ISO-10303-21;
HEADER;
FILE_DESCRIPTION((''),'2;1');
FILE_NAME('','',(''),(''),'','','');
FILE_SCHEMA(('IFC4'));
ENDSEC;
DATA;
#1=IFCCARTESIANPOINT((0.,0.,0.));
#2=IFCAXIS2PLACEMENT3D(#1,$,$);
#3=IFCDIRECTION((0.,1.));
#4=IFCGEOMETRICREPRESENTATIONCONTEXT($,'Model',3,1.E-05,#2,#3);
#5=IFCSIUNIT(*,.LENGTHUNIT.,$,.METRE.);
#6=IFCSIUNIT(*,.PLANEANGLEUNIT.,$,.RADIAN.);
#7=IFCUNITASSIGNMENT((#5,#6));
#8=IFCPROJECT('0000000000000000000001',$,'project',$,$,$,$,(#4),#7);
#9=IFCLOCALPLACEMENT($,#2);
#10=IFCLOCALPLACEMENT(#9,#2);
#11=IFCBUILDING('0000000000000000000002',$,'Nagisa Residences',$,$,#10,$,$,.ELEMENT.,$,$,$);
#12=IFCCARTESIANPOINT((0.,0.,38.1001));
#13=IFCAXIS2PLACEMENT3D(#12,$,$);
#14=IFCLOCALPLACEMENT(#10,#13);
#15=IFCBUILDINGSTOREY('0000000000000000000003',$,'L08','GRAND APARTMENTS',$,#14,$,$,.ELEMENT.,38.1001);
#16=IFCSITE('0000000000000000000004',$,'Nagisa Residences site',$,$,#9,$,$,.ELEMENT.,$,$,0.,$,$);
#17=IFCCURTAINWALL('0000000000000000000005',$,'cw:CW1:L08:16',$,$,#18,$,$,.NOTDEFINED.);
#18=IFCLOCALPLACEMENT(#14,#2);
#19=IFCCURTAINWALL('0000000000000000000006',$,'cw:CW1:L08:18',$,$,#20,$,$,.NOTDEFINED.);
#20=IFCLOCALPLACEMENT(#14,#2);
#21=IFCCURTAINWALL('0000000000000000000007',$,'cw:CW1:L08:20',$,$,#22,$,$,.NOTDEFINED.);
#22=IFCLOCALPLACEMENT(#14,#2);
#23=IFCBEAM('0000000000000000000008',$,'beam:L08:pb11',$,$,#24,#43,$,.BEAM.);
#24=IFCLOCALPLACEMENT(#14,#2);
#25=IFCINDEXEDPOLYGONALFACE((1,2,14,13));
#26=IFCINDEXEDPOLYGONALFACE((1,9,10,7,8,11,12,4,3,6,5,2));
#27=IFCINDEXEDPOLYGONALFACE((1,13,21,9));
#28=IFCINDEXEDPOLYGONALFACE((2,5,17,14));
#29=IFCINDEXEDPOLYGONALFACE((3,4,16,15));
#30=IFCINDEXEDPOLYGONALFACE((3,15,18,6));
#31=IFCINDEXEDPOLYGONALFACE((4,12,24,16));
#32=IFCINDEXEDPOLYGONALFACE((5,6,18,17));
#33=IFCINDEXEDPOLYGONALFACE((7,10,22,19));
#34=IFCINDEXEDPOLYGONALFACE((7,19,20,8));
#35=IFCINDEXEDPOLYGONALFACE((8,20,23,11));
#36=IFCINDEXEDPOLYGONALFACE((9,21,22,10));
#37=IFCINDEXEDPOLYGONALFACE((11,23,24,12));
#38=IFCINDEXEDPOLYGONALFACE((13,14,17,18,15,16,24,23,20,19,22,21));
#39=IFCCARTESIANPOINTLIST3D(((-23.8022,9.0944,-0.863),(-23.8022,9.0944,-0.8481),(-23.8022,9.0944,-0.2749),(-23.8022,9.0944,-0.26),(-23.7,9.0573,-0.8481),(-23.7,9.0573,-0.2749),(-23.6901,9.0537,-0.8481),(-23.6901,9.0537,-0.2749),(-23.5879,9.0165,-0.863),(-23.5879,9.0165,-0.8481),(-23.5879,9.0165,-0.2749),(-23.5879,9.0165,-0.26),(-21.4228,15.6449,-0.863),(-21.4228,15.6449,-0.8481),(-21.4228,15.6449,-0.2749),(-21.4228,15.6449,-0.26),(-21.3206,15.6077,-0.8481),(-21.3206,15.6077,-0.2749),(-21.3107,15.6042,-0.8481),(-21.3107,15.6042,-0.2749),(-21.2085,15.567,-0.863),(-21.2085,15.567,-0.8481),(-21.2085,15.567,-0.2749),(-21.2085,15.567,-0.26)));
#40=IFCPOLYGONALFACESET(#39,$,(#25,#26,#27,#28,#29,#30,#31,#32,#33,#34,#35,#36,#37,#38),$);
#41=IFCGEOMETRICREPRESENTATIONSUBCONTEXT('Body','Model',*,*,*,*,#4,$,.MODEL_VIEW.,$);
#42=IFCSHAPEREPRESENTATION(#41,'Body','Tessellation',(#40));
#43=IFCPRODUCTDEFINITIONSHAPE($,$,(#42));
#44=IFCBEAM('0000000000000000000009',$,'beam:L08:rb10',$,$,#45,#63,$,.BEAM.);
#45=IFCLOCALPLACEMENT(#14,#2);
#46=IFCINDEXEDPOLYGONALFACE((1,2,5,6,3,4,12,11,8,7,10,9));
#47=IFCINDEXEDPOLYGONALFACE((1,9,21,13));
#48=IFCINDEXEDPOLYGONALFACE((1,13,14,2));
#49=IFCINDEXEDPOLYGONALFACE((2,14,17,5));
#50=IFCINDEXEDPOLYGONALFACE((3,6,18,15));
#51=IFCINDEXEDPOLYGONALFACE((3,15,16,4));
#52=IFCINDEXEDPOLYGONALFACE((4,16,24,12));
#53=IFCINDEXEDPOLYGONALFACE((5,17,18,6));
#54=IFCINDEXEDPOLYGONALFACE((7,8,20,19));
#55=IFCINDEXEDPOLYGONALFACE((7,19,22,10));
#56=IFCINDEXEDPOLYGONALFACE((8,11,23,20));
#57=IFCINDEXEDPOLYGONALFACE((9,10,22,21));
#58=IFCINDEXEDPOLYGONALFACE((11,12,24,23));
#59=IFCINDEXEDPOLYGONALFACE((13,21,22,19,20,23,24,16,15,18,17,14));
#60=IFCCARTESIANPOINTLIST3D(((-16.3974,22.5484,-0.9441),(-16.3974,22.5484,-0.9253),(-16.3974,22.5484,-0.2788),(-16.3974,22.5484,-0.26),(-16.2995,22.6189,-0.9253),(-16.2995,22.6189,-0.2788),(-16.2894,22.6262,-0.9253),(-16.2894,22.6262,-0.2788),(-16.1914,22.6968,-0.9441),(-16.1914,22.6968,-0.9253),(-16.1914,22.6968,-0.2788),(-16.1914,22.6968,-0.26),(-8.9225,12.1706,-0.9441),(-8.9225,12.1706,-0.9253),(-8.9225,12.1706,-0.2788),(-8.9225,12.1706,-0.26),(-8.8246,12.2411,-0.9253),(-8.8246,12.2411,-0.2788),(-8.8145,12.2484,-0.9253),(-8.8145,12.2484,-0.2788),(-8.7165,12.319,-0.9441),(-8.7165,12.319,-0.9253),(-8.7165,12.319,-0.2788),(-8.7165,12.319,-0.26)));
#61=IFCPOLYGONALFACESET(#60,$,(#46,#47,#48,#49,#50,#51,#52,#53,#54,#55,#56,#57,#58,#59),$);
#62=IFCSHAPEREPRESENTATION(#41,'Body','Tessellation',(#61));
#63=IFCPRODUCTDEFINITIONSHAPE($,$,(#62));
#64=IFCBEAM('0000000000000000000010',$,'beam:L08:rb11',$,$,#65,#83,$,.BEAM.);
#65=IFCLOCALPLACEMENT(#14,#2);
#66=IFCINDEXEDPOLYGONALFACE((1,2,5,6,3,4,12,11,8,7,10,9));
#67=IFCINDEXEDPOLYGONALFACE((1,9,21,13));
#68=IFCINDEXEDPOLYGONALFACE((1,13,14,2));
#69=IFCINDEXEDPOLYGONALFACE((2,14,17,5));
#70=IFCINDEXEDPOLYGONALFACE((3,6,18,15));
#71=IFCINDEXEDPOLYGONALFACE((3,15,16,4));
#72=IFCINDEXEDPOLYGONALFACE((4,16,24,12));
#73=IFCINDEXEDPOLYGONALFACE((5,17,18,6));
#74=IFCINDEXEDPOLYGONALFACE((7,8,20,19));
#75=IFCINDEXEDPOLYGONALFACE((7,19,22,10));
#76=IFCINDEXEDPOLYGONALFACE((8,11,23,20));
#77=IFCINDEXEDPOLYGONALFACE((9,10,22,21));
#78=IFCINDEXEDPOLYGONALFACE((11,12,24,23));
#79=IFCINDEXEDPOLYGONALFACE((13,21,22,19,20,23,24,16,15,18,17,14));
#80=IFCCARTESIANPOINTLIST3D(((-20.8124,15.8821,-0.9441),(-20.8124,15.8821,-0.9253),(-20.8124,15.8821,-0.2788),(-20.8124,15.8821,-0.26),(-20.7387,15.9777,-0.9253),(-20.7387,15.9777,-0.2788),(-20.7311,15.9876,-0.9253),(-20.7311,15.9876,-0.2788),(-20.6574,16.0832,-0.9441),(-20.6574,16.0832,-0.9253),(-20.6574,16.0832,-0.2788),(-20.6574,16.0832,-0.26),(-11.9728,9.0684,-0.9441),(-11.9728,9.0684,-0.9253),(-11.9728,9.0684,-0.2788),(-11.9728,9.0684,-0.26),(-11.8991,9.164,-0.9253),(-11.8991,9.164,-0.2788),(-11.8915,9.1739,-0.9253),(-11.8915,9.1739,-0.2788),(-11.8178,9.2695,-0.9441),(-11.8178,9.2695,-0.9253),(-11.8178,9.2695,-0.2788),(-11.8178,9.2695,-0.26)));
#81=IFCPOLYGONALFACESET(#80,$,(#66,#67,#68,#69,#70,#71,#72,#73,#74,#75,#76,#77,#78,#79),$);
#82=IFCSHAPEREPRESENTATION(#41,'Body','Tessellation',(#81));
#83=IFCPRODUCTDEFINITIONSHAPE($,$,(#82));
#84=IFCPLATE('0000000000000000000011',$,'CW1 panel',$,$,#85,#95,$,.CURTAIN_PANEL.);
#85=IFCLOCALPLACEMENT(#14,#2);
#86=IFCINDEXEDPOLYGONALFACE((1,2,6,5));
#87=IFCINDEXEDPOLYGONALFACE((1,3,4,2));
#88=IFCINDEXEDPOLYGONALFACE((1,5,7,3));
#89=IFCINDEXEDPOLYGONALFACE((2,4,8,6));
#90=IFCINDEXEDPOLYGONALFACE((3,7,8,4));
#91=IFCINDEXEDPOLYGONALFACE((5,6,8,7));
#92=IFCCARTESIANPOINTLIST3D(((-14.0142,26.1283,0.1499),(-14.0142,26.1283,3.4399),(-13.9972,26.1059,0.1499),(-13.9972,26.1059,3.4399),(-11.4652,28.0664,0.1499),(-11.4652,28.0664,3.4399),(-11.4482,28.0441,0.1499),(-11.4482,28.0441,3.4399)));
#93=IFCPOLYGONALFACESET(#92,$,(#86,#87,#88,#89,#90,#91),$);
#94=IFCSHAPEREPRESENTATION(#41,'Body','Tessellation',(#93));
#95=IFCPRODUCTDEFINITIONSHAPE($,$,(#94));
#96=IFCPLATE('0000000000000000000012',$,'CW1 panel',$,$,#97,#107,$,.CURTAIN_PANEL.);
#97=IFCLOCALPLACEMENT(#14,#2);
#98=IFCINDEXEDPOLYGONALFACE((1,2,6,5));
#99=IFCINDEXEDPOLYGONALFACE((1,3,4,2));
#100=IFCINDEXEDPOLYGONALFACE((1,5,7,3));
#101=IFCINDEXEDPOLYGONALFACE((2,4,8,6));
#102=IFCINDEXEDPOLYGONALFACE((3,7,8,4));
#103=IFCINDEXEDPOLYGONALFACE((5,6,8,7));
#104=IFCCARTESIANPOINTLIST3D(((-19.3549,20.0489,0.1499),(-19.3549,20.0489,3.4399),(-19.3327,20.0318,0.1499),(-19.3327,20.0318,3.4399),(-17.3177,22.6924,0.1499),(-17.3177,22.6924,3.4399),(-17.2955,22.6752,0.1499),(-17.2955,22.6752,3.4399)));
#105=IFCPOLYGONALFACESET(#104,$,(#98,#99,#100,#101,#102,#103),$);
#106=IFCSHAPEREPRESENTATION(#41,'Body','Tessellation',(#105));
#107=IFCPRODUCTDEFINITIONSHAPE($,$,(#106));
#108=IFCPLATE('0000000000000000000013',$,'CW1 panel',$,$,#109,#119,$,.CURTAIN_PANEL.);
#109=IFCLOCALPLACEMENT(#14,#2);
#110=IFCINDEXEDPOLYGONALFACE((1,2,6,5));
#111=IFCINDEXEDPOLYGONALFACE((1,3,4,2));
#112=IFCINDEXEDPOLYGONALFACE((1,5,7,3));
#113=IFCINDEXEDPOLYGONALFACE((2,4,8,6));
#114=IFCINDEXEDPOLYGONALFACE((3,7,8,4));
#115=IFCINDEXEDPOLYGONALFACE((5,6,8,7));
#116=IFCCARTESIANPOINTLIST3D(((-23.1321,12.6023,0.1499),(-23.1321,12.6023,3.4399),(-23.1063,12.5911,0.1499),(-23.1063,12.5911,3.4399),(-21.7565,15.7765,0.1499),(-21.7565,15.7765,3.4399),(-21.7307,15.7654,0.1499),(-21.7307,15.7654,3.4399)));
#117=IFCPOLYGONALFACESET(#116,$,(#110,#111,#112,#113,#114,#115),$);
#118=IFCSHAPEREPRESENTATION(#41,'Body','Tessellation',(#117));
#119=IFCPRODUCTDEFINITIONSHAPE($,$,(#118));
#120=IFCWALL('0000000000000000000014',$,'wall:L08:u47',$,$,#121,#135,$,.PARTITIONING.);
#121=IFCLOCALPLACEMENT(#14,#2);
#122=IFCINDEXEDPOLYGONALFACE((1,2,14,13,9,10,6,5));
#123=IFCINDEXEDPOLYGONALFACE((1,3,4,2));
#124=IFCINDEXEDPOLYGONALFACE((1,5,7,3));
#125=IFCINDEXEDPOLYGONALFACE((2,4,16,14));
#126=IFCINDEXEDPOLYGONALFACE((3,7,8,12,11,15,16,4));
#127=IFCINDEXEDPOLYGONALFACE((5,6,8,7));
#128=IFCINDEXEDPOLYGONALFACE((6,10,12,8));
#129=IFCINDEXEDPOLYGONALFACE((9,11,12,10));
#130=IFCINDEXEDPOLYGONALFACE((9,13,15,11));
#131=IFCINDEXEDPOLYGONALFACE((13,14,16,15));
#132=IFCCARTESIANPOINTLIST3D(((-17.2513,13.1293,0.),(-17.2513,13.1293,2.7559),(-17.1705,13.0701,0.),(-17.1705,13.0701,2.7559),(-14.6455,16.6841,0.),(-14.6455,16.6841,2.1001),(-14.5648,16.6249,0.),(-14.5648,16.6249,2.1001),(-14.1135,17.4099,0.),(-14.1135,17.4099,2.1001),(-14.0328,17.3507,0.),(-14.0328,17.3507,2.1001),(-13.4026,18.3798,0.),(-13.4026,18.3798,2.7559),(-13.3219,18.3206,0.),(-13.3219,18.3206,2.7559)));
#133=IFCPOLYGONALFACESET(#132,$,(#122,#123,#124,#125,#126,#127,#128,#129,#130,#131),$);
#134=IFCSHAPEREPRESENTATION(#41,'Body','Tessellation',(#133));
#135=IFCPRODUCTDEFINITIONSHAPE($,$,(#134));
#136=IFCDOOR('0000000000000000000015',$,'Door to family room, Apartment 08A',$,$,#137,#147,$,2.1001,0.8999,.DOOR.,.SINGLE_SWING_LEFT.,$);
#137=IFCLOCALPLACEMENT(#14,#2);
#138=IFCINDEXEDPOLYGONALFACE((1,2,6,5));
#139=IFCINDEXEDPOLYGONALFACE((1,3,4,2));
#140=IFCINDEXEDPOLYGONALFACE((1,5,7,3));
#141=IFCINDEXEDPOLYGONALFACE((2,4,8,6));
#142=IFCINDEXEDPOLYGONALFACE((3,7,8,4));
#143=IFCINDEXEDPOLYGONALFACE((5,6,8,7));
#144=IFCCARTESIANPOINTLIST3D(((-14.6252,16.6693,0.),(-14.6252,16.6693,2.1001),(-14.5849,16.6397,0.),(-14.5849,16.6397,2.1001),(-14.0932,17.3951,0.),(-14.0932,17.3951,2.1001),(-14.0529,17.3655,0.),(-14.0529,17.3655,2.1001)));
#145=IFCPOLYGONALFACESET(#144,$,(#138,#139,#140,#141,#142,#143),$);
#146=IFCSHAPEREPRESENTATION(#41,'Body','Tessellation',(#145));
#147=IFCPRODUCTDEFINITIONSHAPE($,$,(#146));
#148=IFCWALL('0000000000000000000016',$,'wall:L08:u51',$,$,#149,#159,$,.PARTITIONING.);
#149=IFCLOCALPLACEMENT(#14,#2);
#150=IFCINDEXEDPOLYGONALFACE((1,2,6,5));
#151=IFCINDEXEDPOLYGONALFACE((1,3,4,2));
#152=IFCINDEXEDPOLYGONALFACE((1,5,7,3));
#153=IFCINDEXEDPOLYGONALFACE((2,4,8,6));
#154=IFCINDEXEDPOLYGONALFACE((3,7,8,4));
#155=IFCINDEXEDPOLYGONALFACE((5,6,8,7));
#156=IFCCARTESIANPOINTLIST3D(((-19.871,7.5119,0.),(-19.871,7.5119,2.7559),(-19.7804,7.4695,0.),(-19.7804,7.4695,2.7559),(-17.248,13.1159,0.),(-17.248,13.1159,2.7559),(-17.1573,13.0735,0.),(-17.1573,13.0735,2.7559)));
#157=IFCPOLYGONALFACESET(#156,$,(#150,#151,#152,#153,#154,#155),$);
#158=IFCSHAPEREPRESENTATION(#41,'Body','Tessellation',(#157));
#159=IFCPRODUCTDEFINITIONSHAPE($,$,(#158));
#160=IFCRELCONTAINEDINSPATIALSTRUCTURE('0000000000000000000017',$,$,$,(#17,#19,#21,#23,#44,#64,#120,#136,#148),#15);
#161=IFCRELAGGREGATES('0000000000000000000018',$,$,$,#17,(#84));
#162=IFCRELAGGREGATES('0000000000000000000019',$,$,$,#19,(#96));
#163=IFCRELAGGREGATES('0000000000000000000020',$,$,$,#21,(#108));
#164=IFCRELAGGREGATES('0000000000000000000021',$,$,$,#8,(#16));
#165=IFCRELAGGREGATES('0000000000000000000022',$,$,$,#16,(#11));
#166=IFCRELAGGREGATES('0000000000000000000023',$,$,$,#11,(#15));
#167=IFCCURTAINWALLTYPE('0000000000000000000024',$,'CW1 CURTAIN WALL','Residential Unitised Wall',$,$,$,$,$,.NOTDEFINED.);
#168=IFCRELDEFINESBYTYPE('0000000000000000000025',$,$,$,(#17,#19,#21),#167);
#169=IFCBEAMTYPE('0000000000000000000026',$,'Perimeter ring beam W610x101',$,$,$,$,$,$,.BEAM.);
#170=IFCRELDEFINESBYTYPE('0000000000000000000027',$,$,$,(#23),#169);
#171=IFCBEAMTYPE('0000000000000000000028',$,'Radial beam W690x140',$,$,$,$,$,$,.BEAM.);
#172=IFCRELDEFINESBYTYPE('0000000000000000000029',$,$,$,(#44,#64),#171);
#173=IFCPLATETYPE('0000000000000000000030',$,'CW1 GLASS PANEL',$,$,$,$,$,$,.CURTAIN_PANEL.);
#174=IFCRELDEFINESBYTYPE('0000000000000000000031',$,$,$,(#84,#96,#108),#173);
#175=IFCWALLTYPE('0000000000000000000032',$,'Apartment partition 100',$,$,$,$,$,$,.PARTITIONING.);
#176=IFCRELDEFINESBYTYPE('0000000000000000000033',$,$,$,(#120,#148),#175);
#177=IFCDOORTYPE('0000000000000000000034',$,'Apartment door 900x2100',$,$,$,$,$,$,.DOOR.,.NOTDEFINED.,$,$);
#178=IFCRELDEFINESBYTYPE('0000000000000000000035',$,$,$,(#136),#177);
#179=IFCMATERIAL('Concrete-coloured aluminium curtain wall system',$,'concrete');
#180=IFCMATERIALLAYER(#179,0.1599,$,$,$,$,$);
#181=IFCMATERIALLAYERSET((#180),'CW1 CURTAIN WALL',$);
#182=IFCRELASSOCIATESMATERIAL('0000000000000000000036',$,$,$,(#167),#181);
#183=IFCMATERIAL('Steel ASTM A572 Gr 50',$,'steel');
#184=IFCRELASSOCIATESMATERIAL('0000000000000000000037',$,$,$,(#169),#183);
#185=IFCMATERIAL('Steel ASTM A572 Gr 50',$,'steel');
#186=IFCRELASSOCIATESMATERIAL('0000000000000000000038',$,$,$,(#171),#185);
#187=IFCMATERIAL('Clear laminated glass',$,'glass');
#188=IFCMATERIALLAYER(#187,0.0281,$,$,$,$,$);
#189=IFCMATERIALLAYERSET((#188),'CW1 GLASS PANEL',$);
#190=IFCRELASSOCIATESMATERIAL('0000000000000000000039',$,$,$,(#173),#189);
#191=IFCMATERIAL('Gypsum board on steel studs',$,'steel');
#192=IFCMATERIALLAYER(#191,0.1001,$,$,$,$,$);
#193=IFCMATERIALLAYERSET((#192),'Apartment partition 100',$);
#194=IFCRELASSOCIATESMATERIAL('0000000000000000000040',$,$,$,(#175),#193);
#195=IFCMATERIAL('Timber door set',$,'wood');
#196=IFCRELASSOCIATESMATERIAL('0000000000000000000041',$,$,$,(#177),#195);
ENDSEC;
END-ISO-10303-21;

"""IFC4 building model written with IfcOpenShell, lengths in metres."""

from ifc_helpers import new_model, si_unit, direction, frame, frame_2d, origin, origin_2d, place, context, subcontext, project, spatial, rectangle, i_section, extrude, material, layer, layer_set, material_profile, profile_set, type_object, element, fill, aggregate, save


model = new_model("IFC4")

# Units and contexts
model_context = context("Model", 3, precision=1e-05, world=origin(), true_north=direction((0.0, 1.0)))
body_context = subcontext(model_context, "Body", "Model", "MODEL_VIEW")
ifc_project = project(units=[si_unit("LENGTHUNIT", "METRE"), si_unit("PLANEANGLEUNIT", "RADIAN")], contexts=[model_context])

# Site, building, storey
site_placement = place(None, origin())
site = spatial("IfcSite", under=ifc_project, at=site_placement, Name="Nagisa Residences site", CompositionType="ELEMENT", RefElevation=0.0)
building_placement = place(site_placement, origin())
building = spatial("IfcBuilding", under=site, at=building_placement, Name="Nagisa Residences", CompositionType="ELEMENT")
storey_placement = place(building_placement, frame((0.0, 0.0, 38.1001)))
storey = spatial("IfcBuildingStorey", under=building, at=storey_placement, Name="L08", Description="GRAND APARTMENTS", CompositionType="ELEMENT", Elevation=38.1001)

# Curtain walls
ifc_material_1 = material(Name="Concrete-coloured aluminium curtain wall system", Category="concrete")
ifc_layer_1 = layer(ifc_material_1, 0.1599)
ifc_layer_set_1 = layer_set([ifc_layer_1], Name="CW1 CURTAIN WALL")
curtain_wall_type = type_object("IfcCurtainWallType", Name="CW1 CURTAIN WALL", Description="Residential Unitised Wall", PredefinedType="NOTDEFINED", material=ifc_layer_set_1)
curtain_wall_1_placement = place(storey_placement, origin())
curtain_wall_1 = element("IfcCurtainWall", 1, at=curtain_wall_1_placement, inside=storey, type_object=curtain_wall_type, Name="cw:CW1:L08:16", PredefinedType="NOTDEFINED")
curtain_wall_2_placement = place(storey_placement, origin())
curtain_wall_2 = element("IfcCurtainWall", 2, at=curtain_wall_2_placement, inside=storey, type_object=curtain_wall_type, Name="cw:CW1:L08:18", PredefinedType="NOTDEFINED")
curtain_wall_3_placement = place(storey_placement, origin())
curtain_wall_3 = element("IfcCurtainWall", 3, at=curtain_wall_3_placement, inside=storey, type_object=curtain_wall_type, Name="cw:CW1:L08:20", PredefinedType="NOTDEFINED")

# Beams
ifc_material_2 = material(Name="Steel ASTM A572 Gr 50", Category="steel")
ifc_material_profile_1 = material_profile(ifc_material_2, i_section(OverallWidth=0.228, OverallDepth=0.603, WebThickness=0.0105, FlangeThickness=0.0149, at=origin_2d()), Name="W610x101")
ifc_profile_set_1 = profile_set([ifc_material_profile_1], Name="Steel ASTM A572 Gr 50")
beam_type_1 = type_object("IfcBeamType", Name="Perimeter ring beam W610x101", PredefinedType="BEAM", material=ifc_profile_set_1)
beam_1_placement = place(storey_placement, frame((-21.3157, 15.606, -0.5615), z_axis=(-0.341411, -0.939914, 0.0), x_axis=(0.939914, -0.341411, 0.0)))
element("IfcBeam", 4, at=beam_1_placement, inside=storey, type_object=beam_type_1, Name="beam:L08:pb11", PredefinedType="BEAM", context=body_context, shape_type="SweptSolid", body=[
    extrude(i_section(OverallWidth=0.228, OverallDepth=0.603, WebThickness=0.0105, FlangeThickness=0.0149, at=origin_2d()), origin(), (0.0, 0.0, 1.0), 6.9692),
])
ifc_material_3 = material(Name="Steel ASTM A572 Gr 50", Category="steel")
ifc_material_profile_2 = material_profile(ifc_material_3, i_section(OverallWidth=0.2539, OverallDepth=0.6841, WebThickness=0.0125, FlangeThickness=0.0188, at=origin_2d()), Name="W690x140")
ifc_profile_set_2 = profile_set([ifc_material_profile_2], Name="Steel ASTM A572 Gr 50")
beam_type_2 = type_object("IfcBeamType", Name="Radial beam W690x140", PredefinedType="BEAM", material=ifc_profile_set_2)
beam_2_placement = place(storey_placement, frame((-16.2944, 22.6226, -0.6021), z_axis=(0.584455, -0.811426, 0.0), x_axis=(0.811426, 0.584455, 0.0)))
element("IfcBeam", 5, at=beam_2_placement, inside=storey, type_object=beam_type_2, Name="beam:L08:rb10", PredefinedType="BEAM", context=body_context, shape_type="SweptSolid", body=[
    extrude(i_section(OverallWidth=0.2539, OverallDepth=0.6841, WebThickness=0.0125, FlangeThickness=0.0188, at=origin_2d()), origin(), (0.0, 0.0, 1.0), 12.7896),
])
beam_3_placement = place(storey_placement, frame((-20.7349, 15.9827, -0.6021), z_axis=(0.792016, -0.6105, 0.0), x_axis=(0.6105, 0.792016, 0.0)))
element("IfcBeam", 6, at=beam_3_placement, inside=storey, type_object=beam_type_2, Name="beam:L08:rb11", PredefinedType="BEAM", context=body_context, shape_type="SweptSolid", body=[
    extrude(i_section(OverallWidth=0.2539, OverallDepth=0.6841, WebThickness=0.0125, FlangeThickness=0.0188, at=origin_2d()), origin(), (0.0, 0.0, 1.0), 11.1609),
])

# Plates
ifc_material_4 = material(Name="Clear laminated glass", Category="glass")
ifc_layer_2 = layer(ifc_material_4, 0.0281)
ifc_layer_set_2 = layer_set([ifc_layer_2], Name="CW1 GLASS PANEL")
plate_type = type_object("IfcPlateType", Name="CW1 GLASS PANEL", PredefinedType="CURTAIN_PANEL", material=ifc_layer_set_2)
plate_1_placement = place(storey_placement, frame((-12.7312, 27.0862, 0.1499), z_axis=(0.0, 0.0, 1.0), x_axis=(-0.796031, -0.605255, 0.0)))
plate_1 = element("IfcPlate", 7, at=plate_1_placement, type_object=plate_type, Name="CW1 panel", PredefinedType="CURTAIN_PANEL", context=body_context, shape_type="SweptSolid", body=[
    extrude(rectangle(XDim=3.2021, YDim=0.0281, at=origin_2d()), origin(), (0.0, 0.0, 1.0), 3.29),
])
aggregate(curtain_wall_1, [plate_1])
plate_2_placement = place(storey_placement, frame((-18.3252, 21.3621, 0.1499), z_axis=(0.0, 0.0, 1.0), x_axis=(-0.61043, -0.79207, 0.0)))
plate_2 = element("IfcPlate", 8, at=plate_2_placement, type_object=plate_type, Name="CW1 panel", PredefinedType="CURTAIN_PANEL", context=body_context, shape_type="SweptSolid", body=[
    extrude(rectangle(XDim=3.3374, YDim=0.0281, at=origin_2d()), origin(), (0.0, 0.0, 1.0), 3.29),
])
aggregate(curtain_wall_2, [plate_2])
plate_3_placement = place(storey_placement, frame((-22.4314, 14.1838, 0.1499), z_axis=(0.0, 0.0, 1.0), x_axis=(-0.397636, -0.917543, 0.0)))
plate_3 = element("IfcPlate", 9, at=plate_3_placement, type_object=plate_type, Name="CW1 panel", PredefinedType="CURTAIN_PANEL", context=body_context, shape_type="SweptSolid", body=[
    extrude(rectangle(XDim=3.4595, YDim=0.0281, at=origin_2d()), origin(), (0.0, 0.0, 1.0), 3.29),
])
aggregate(curtain_wall_3, [plate_3])

# Wall, opening, door
ifc_material_5 = material(Name="Gypsum board on steel studs", Category="steel")
ifc_layer_3 = layer(ifc_material_5, 0.1001)
ifc_layer_set_3 = layer_set([ifc_layer_3], Name="Apartment partition 100")
wall_type_1 = type_object("IfcWallType", Name="Apartment partition 100", PredefinedType="PARTITIONING", material=ifc_layer_set_3)
wall_1_placement = place(storey_placement, frame((-13.3623, 18.3501, 0.0), z_axis=(0.0, 0.0, 1.0), x_axis=(-0.591191, -0.806531, 0.0)))
wall_1 = element("IfcWall", 10, at=wall_1_placement, inside=storey, type_object=wall_type_1, Name="wall:L08:u47", PredefinedType="PARTITIONING", context=body_context, shape_type="SweptSolid", body=[
    extrude(rectangle(XDim=6.51, YDim=0.1001, at=frame_2d((3.2549, 0.0))), origin(), (0.0, 0.0, 1.0), 2.7559),
])
opening_1_placement = place(wall_1_placement, frame((1.2024, 0.0, 0.0)))
opening_1 = element("IfcOpeningElement", 11, at=opening_1_placement, cuts=wall_1, PredefinedType="OPENING", context=body_context, shape_type="SweptSolid", body=[
    extrude(rectangle(XDim=0.8999, YDim=2.1001, at=frame_2d((0.45, 1.05))), frame((0.0, 0.0601, 0.0), z_axis=(0.0, -1.0, 0.0), x_axis=(1.0, 0.0, 0.0)), (0.0, 0.0, 1.0), 0.1201),
])
ifc_material_6 = material(Name="Timber door set", Category="wood")
door_type_1 = type_object("IfcDoorType", Name="Apartment door 900x2100", OperationType="NOTDEFINED", PredefinedType="DOOR", material=ifc_material_6)
door_1_placement = place(opening_1_placement, frame((0.8999, 0.0, 0.0), x_axis=(-1.0, 0.0, 0.0)))
door_1 = element("IfcDoor", 12, at=door_1_placement, inside=storey, type_object=door_type_1, Name="Door to family room, Apartment 08A", OperationType="SINGLE_SWING_LEFT", OverallHeight=2.1001, OverallWidth=0.8999, PredefinedType="DOOR", context=body_context, shape_type="SweptSolid", body=[
    extrude(rectangle(XDim=0.8999, YDim=2.1001, at=frame_2d((0.45, 1.05))), frame((0.0, 0.0249, 0.0), z_axis=(0.0, -1.0, 0.0), x_axis=(1.0, 0.0, 0.0)), (0.0, 0.0, 1.0), 0.05),
])
fill(opening_1, door_1)

# Wall
wall_2_placement = place(storey_placement, frame((-17.2026, 13.0947, 0.0), z_axis=(0.0, 0.0, 1.0), x_axis=(-0.423926, -0.905697, 0.0)))
element("IfcWall", 13, at=wall_2_placement, inside=storey, type_object=wall_type_1, Name="wall:L08:u51", PredefinedType="PARTITIONING", context=body_context, shape_type="SweptSolid", body=[
    extrude(rectangle(XDim=6.1875, YDim=0.1001, at=frame_2d((3.0938, 0.0))), origin(), (0.0, 0.0, 1.0), 2.7559),
])

save(model, "model.ifc")
